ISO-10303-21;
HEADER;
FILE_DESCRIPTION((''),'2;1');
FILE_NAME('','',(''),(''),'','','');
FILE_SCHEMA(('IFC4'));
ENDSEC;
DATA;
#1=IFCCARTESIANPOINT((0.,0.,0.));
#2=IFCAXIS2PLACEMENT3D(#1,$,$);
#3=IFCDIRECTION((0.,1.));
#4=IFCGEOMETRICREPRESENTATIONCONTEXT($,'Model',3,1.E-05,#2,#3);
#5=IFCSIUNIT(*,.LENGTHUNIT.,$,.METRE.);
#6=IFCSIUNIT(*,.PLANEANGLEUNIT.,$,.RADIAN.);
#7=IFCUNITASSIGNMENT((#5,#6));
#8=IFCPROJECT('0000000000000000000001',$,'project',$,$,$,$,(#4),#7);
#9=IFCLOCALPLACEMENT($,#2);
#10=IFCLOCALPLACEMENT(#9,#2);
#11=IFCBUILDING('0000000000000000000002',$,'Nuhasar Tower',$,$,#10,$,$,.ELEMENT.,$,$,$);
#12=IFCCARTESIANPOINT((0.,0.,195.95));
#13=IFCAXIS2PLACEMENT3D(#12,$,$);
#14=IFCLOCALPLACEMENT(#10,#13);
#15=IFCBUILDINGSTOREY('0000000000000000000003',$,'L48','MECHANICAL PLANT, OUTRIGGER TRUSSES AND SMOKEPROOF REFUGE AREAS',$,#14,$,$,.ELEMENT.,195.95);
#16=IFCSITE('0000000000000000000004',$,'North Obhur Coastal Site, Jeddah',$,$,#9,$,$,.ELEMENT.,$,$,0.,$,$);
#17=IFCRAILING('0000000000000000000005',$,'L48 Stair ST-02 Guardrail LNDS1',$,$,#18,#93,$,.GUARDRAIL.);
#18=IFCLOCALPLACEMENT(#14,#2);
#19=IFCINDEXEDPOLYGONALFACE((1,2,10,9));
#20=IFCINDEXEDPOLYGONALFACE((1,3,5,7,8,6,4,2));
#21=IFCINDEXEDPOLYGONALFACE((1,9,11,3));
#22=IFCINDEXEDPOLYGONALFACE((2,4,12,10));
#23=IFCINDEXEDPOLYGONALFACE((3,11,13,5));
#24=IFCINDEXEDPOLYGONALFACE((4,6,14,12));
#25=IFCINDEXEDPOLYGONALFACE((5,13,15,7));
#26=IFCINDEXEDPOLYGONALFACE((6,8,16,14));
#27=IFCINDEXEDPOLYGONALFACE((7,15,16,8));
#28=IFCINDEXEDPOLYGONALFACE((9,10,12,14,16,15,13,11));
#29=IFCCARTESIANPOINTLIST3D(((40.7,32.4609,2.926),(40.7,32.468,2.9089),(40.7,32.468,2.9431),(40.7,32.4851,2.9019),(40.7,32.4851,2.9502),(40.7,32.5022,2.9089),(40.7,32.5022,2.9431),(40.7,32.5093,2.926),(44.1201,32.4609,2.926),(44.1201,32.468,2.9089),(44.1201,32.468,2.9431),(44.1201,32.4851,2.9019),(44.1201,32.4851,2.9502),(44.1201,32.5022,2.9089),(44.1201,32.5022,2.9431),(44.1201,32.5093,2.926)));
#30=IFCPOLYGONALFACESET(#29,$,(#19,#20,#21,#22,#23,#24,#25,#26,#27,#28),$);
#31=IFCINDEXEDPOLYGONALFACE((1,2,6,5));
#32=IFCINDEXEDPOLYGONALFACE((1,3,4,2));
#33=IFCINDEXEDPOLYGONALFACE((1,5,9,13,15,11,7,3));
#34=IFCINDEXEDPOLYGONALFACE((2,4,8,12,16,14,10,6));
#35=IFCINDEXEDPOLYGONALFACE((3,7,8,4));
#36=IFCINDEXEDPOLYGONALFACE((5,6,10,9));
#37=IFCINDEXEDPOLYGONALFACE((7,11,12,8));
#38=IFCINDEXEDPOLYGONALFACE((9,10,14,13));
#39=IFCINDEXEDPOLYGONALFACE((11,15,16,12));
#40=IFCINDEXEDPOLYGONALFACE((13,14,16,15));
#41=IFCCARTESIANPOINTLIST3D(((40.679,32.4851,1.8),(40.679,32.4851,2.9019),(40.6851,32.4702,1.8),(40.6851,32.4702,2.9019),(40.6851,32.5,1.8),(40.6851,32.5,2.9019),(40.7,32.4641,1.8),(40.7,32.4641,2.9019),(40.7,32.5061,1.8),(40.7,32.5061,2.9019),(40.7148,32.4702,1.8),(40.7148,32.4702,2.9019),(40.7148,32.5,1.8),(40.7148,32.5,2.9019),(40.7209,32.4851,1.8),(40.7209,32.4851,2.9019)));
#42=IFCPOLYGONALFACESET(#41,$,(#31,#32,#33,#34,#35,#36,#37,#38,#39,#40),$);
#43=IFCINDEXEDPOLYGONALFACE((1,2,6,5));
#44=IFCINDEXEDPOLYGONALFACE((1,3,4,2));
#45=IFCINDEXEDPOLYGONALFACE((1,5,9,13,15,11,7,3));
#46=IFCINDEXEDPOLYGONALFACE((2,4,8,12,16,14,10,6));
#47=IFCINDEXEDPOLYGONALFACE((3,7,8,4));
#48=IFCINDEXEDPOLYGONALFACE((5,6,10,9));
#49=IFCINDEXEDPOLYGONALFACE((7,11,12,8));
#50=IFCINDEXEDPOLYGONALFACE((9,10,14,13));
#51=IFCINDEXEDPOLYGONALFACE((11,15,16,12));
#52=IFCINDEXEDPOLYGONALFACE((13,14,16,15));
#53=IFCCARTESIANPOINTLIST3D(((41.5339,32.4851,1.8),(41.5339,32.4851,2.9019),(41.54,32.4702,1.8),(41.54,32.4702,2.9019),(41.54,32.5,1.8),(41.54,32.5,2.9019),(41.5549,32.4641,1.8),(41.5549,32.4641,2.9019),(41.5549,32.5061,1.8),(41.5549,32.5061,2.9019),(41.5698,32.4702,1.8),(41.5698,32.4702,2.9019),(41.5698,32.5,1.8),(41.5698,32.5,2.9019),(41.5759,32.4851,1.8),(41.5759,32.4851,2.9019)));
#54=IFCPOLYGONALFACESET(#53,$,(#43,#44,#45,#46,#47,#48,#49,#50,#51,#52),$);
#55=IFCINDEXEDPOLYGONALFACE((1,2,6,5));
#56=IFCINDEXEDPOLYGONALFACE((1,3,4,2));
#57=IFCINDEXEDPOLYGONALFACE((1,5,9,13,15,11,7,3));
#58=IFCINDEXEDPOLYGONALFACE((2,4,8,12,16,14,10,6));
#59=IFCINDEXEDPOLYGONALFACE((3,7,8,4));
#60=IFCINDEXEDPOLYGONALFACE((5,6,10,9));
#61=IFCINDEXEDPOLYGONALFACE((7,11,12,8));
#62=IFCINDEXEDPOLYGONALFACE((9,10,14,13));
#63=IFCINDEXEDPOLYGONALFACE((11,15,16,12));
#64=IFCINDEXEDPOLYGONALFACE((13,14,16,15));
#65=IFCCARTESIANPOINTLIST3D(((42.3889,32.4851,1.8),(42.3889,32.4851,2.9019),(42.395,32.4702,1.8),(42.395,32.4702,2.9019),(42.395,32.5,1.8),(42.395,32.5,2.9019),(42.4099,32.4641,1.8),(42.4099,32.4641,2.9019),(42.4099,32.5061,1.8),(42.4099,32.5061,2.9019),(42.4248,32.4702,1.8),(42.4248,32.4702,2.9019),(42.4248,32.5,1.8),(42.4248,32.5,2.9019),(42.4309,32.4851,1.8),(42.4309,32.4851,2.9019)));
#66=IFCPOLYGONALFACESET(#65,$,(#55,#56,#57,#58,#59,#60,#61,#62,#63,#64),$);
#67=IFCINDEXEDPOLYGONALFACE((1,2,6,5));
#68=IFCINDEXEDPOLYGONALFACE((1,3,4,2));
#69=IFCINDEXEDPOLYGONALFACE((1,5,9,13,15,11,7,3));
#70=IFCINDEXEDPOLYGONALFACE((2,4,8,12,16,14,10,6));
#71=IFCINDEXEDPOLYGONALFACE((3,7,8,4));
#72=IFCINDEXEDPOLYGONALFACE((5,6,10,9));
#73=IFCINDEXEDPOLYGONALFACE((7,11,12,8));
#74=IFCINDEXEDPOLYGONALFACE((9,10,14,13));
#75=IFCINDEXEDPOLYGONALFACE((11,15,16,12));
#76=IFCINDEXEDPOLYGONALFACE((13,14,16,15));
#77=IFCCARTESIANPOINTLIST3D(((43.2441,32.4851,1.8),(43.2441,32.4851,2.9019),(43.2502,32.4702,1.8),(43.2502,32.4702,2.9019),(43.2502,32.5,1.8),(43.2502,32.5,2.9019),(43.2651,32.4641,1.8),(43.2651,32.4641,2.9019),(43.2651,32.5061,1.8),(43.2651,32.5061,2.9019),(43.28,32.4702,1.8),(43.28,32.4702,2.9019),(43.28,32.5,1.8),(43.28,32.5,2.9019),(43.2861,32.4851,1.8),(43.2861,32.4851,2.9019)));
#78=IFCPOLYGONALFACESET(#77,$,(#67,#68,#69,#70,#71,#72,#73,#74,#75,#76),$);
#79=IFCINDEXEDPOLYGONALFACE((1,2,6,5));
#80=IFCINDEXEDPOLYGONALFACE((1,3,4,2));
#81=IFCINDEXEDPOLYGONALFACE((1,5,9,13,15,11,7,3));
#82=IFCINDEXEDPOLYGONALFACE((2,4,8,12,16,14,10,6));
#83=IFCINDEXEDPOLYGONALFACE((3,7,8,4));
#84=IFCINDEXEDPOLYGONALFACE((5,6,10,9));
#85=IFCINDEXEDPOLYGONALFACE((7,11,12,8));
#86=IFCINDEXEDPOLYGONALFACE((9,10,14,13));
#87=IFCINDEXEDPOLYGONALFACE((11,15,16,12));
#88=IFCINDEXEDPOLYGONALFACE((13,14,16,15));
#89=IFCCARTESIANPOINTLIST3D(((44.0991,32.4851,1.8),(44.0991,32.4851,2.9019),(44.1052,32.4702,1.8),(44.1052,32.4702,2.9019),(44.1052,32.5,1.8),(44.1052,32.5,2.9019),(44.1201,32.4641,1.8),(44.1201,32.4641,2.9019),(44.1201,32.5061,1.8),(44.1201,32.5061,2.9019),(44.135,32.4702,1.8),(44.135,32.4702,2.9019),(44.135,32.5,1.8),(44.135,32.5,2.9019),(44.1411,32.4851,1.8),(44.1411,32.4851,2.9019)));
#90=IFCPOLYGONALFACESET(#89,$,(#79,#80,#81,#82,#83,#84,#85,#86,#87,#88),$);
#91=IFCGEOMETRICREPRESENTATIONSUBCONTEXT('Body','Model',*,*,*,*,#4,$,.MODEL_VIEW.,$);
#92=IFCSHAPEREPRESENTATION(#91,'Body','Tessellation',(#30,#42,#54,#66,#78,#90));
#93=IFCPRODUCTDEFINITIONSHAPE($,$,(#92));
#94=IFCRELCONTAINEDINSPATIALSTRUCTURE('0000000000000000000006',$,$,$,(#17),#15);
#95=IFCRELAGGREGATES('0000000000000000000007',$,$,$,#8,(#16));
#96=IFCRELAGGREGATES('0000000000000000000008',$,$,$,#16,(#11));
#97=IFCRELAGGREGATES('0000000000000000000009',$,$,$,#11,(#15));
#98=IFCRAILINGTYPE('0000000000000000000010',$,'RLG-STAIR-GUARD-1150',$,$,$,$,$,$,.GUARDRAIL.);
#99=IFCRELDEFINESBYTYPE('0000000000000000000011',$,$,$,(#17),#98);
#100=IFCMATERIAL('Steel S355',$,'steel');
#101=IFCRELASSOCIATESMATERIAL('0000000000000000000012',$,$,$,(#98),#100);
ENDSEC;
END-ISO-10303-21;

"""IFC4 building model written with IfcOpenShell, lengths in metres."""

from ifc_helpers import new_model, si_unit, direction, frame, origin, place, context, subcontext, project, spatial, polyline, outline, extrude, material, type_object, element, save


model = new_model("IFC4")

# Units and contexts
model_context = context("Model", 3, precision=1e-05, world=origin(), true_north=direction((0.0, 1.0)))
body_context = subcontext(model_context, "Body", "Model", "MODEL_VIEW")
ifc_project = project(units=[si_unit("LENGTHUNIT", "METRE"), si_unit("PLANEANGLEUNIT", "RADIAN")], contexts=[model_context])

# Site, building, storey
site_placement = place(None, origin())
site = spatial("IfcSite", under=ifc_project, at=site_placement, Name="North Obhur Coastal Site, Jeddah", CompositionType="ELEMENT", RefElevation=0.0)
building_placement = place(site_placement, origin())
building = spatial("IfcBuilding", under=site, at=building_placement, Name="Nuhasar Tower", CompositionType="ELEMENT")
storey_placement = place(building_placement, frame((0.0, 0.0, 195.95)))
storey = spatial("IfcBuildingStorey", under=building, at=storey_placement, Name="L48", Description="MECHANICAL PLANT, OUTRIGGER TRUSSES AND SMOKEPROOF REFUGE AREAS", CompositionType="ELEMENT", Elevation=195.95)

# Shared definitions
ifc_material_1 = material(Name="Steel S355", Category="steel")

# Railing
railing_type_1 = type_object("IfcRailingType", Name="RLG-STAIR-GUARD-1150", PredefinedType="GUARDRAIL", material=ifc_material_1)
railing_1_placement = place(storey_placement, frame((40.7, 32.4851, 1.8)))
element("IfcRailing", 1, at=railing_1_placement, inside=storey, type_object=railing_type_1, Name="L48 Stair ST-02 Guardrail LNDS1", PredefinedType="GUARDRAIL", context=body_context, shape_type="SweptSolid", body=[
    extrude(outline(polyline([(0.0242, 0.0), (0.0171, 0.0171), (0.0, 0.0242), (-0.0171, 0.0171), (-0.0242, 0.0), (-0.0171, -0.0171), (0.0, -0.0242), (0.0171, -0.0171), (0.0242, 0.0)])), frame((0.0, 0.0, 1.126), z_axis=(1.0, 0.0, 0.0), x_axis=(0.0, 1.0, 0.0)), (0.0, 0.0, 1.0), 3.4202),
    extrude(outline(polyline([(0.021, 0.0), (0.0149, 0.0149), (0.0, 0.021), (-0.0149, 0.0149), (-0.021, 0.0), (-0.0149, -0.0149), (0.0, -0.021), (0.0149, -0.0149), (0.021, 0.0)])), origin(), (0.0, 0.0, 1.0), 1.1018),
    extrude(outline(polyline([(0.021, 0.0), (0.0149, 0.0149), (0.0, 0.021), (-0.0149, 0.0149), (-0.021, 0.0), (-0.0149, -0.0149), (0.0, -0.021), (0.0149, -0.0149), (0.021, 0.0)])), frame((0.855, 0.0, 0.0)), (0.0, 0.0, 1.0), 1.1018),
    extrude(outline(polyline([(0.021, 0.0), (0.0149, 0.0149), (0.0, 0.021), (-0.0149, 0.0149), (-0.021, 0.0), (-0.0149, -0.0149), (0.0, -0.021), (0.0149, -0.0149), (0.021, 0.0)])), frame((1.71, 0.0, 0.0)), (0.0, 0.0, 1.0), 1.1018),
    extrude(outline(polyline([(0.021, 0.0), (0.0149, 0.0149), (0.0, 0.021), (-0.0149, 0.0149), (-0.021, 0.0), (-0.0149, -0.0149), (0.0, -0.021), (0.0149, -0.0149), (0.021, 0.0)])), frame((2.5652, 0.0, 0.0)), (0.0, 0.0, 1.0), 1.1018),
    extrude(outline(polyline([(0.021, 0.0), (0.0149, 0.0149), (0.0, 0.021), (-0.0149, 0.0149), (-0.021, 0.0), (-0.0149, -0.0149), (0.0, -0.021), (0.0149, -0.0149), (0.021, 0.0)])), frame((3.4202, 0.0, 0.0)), (0.0, 0.0, 1.0), 1.1018),
])

save(model, "model.ifc")
